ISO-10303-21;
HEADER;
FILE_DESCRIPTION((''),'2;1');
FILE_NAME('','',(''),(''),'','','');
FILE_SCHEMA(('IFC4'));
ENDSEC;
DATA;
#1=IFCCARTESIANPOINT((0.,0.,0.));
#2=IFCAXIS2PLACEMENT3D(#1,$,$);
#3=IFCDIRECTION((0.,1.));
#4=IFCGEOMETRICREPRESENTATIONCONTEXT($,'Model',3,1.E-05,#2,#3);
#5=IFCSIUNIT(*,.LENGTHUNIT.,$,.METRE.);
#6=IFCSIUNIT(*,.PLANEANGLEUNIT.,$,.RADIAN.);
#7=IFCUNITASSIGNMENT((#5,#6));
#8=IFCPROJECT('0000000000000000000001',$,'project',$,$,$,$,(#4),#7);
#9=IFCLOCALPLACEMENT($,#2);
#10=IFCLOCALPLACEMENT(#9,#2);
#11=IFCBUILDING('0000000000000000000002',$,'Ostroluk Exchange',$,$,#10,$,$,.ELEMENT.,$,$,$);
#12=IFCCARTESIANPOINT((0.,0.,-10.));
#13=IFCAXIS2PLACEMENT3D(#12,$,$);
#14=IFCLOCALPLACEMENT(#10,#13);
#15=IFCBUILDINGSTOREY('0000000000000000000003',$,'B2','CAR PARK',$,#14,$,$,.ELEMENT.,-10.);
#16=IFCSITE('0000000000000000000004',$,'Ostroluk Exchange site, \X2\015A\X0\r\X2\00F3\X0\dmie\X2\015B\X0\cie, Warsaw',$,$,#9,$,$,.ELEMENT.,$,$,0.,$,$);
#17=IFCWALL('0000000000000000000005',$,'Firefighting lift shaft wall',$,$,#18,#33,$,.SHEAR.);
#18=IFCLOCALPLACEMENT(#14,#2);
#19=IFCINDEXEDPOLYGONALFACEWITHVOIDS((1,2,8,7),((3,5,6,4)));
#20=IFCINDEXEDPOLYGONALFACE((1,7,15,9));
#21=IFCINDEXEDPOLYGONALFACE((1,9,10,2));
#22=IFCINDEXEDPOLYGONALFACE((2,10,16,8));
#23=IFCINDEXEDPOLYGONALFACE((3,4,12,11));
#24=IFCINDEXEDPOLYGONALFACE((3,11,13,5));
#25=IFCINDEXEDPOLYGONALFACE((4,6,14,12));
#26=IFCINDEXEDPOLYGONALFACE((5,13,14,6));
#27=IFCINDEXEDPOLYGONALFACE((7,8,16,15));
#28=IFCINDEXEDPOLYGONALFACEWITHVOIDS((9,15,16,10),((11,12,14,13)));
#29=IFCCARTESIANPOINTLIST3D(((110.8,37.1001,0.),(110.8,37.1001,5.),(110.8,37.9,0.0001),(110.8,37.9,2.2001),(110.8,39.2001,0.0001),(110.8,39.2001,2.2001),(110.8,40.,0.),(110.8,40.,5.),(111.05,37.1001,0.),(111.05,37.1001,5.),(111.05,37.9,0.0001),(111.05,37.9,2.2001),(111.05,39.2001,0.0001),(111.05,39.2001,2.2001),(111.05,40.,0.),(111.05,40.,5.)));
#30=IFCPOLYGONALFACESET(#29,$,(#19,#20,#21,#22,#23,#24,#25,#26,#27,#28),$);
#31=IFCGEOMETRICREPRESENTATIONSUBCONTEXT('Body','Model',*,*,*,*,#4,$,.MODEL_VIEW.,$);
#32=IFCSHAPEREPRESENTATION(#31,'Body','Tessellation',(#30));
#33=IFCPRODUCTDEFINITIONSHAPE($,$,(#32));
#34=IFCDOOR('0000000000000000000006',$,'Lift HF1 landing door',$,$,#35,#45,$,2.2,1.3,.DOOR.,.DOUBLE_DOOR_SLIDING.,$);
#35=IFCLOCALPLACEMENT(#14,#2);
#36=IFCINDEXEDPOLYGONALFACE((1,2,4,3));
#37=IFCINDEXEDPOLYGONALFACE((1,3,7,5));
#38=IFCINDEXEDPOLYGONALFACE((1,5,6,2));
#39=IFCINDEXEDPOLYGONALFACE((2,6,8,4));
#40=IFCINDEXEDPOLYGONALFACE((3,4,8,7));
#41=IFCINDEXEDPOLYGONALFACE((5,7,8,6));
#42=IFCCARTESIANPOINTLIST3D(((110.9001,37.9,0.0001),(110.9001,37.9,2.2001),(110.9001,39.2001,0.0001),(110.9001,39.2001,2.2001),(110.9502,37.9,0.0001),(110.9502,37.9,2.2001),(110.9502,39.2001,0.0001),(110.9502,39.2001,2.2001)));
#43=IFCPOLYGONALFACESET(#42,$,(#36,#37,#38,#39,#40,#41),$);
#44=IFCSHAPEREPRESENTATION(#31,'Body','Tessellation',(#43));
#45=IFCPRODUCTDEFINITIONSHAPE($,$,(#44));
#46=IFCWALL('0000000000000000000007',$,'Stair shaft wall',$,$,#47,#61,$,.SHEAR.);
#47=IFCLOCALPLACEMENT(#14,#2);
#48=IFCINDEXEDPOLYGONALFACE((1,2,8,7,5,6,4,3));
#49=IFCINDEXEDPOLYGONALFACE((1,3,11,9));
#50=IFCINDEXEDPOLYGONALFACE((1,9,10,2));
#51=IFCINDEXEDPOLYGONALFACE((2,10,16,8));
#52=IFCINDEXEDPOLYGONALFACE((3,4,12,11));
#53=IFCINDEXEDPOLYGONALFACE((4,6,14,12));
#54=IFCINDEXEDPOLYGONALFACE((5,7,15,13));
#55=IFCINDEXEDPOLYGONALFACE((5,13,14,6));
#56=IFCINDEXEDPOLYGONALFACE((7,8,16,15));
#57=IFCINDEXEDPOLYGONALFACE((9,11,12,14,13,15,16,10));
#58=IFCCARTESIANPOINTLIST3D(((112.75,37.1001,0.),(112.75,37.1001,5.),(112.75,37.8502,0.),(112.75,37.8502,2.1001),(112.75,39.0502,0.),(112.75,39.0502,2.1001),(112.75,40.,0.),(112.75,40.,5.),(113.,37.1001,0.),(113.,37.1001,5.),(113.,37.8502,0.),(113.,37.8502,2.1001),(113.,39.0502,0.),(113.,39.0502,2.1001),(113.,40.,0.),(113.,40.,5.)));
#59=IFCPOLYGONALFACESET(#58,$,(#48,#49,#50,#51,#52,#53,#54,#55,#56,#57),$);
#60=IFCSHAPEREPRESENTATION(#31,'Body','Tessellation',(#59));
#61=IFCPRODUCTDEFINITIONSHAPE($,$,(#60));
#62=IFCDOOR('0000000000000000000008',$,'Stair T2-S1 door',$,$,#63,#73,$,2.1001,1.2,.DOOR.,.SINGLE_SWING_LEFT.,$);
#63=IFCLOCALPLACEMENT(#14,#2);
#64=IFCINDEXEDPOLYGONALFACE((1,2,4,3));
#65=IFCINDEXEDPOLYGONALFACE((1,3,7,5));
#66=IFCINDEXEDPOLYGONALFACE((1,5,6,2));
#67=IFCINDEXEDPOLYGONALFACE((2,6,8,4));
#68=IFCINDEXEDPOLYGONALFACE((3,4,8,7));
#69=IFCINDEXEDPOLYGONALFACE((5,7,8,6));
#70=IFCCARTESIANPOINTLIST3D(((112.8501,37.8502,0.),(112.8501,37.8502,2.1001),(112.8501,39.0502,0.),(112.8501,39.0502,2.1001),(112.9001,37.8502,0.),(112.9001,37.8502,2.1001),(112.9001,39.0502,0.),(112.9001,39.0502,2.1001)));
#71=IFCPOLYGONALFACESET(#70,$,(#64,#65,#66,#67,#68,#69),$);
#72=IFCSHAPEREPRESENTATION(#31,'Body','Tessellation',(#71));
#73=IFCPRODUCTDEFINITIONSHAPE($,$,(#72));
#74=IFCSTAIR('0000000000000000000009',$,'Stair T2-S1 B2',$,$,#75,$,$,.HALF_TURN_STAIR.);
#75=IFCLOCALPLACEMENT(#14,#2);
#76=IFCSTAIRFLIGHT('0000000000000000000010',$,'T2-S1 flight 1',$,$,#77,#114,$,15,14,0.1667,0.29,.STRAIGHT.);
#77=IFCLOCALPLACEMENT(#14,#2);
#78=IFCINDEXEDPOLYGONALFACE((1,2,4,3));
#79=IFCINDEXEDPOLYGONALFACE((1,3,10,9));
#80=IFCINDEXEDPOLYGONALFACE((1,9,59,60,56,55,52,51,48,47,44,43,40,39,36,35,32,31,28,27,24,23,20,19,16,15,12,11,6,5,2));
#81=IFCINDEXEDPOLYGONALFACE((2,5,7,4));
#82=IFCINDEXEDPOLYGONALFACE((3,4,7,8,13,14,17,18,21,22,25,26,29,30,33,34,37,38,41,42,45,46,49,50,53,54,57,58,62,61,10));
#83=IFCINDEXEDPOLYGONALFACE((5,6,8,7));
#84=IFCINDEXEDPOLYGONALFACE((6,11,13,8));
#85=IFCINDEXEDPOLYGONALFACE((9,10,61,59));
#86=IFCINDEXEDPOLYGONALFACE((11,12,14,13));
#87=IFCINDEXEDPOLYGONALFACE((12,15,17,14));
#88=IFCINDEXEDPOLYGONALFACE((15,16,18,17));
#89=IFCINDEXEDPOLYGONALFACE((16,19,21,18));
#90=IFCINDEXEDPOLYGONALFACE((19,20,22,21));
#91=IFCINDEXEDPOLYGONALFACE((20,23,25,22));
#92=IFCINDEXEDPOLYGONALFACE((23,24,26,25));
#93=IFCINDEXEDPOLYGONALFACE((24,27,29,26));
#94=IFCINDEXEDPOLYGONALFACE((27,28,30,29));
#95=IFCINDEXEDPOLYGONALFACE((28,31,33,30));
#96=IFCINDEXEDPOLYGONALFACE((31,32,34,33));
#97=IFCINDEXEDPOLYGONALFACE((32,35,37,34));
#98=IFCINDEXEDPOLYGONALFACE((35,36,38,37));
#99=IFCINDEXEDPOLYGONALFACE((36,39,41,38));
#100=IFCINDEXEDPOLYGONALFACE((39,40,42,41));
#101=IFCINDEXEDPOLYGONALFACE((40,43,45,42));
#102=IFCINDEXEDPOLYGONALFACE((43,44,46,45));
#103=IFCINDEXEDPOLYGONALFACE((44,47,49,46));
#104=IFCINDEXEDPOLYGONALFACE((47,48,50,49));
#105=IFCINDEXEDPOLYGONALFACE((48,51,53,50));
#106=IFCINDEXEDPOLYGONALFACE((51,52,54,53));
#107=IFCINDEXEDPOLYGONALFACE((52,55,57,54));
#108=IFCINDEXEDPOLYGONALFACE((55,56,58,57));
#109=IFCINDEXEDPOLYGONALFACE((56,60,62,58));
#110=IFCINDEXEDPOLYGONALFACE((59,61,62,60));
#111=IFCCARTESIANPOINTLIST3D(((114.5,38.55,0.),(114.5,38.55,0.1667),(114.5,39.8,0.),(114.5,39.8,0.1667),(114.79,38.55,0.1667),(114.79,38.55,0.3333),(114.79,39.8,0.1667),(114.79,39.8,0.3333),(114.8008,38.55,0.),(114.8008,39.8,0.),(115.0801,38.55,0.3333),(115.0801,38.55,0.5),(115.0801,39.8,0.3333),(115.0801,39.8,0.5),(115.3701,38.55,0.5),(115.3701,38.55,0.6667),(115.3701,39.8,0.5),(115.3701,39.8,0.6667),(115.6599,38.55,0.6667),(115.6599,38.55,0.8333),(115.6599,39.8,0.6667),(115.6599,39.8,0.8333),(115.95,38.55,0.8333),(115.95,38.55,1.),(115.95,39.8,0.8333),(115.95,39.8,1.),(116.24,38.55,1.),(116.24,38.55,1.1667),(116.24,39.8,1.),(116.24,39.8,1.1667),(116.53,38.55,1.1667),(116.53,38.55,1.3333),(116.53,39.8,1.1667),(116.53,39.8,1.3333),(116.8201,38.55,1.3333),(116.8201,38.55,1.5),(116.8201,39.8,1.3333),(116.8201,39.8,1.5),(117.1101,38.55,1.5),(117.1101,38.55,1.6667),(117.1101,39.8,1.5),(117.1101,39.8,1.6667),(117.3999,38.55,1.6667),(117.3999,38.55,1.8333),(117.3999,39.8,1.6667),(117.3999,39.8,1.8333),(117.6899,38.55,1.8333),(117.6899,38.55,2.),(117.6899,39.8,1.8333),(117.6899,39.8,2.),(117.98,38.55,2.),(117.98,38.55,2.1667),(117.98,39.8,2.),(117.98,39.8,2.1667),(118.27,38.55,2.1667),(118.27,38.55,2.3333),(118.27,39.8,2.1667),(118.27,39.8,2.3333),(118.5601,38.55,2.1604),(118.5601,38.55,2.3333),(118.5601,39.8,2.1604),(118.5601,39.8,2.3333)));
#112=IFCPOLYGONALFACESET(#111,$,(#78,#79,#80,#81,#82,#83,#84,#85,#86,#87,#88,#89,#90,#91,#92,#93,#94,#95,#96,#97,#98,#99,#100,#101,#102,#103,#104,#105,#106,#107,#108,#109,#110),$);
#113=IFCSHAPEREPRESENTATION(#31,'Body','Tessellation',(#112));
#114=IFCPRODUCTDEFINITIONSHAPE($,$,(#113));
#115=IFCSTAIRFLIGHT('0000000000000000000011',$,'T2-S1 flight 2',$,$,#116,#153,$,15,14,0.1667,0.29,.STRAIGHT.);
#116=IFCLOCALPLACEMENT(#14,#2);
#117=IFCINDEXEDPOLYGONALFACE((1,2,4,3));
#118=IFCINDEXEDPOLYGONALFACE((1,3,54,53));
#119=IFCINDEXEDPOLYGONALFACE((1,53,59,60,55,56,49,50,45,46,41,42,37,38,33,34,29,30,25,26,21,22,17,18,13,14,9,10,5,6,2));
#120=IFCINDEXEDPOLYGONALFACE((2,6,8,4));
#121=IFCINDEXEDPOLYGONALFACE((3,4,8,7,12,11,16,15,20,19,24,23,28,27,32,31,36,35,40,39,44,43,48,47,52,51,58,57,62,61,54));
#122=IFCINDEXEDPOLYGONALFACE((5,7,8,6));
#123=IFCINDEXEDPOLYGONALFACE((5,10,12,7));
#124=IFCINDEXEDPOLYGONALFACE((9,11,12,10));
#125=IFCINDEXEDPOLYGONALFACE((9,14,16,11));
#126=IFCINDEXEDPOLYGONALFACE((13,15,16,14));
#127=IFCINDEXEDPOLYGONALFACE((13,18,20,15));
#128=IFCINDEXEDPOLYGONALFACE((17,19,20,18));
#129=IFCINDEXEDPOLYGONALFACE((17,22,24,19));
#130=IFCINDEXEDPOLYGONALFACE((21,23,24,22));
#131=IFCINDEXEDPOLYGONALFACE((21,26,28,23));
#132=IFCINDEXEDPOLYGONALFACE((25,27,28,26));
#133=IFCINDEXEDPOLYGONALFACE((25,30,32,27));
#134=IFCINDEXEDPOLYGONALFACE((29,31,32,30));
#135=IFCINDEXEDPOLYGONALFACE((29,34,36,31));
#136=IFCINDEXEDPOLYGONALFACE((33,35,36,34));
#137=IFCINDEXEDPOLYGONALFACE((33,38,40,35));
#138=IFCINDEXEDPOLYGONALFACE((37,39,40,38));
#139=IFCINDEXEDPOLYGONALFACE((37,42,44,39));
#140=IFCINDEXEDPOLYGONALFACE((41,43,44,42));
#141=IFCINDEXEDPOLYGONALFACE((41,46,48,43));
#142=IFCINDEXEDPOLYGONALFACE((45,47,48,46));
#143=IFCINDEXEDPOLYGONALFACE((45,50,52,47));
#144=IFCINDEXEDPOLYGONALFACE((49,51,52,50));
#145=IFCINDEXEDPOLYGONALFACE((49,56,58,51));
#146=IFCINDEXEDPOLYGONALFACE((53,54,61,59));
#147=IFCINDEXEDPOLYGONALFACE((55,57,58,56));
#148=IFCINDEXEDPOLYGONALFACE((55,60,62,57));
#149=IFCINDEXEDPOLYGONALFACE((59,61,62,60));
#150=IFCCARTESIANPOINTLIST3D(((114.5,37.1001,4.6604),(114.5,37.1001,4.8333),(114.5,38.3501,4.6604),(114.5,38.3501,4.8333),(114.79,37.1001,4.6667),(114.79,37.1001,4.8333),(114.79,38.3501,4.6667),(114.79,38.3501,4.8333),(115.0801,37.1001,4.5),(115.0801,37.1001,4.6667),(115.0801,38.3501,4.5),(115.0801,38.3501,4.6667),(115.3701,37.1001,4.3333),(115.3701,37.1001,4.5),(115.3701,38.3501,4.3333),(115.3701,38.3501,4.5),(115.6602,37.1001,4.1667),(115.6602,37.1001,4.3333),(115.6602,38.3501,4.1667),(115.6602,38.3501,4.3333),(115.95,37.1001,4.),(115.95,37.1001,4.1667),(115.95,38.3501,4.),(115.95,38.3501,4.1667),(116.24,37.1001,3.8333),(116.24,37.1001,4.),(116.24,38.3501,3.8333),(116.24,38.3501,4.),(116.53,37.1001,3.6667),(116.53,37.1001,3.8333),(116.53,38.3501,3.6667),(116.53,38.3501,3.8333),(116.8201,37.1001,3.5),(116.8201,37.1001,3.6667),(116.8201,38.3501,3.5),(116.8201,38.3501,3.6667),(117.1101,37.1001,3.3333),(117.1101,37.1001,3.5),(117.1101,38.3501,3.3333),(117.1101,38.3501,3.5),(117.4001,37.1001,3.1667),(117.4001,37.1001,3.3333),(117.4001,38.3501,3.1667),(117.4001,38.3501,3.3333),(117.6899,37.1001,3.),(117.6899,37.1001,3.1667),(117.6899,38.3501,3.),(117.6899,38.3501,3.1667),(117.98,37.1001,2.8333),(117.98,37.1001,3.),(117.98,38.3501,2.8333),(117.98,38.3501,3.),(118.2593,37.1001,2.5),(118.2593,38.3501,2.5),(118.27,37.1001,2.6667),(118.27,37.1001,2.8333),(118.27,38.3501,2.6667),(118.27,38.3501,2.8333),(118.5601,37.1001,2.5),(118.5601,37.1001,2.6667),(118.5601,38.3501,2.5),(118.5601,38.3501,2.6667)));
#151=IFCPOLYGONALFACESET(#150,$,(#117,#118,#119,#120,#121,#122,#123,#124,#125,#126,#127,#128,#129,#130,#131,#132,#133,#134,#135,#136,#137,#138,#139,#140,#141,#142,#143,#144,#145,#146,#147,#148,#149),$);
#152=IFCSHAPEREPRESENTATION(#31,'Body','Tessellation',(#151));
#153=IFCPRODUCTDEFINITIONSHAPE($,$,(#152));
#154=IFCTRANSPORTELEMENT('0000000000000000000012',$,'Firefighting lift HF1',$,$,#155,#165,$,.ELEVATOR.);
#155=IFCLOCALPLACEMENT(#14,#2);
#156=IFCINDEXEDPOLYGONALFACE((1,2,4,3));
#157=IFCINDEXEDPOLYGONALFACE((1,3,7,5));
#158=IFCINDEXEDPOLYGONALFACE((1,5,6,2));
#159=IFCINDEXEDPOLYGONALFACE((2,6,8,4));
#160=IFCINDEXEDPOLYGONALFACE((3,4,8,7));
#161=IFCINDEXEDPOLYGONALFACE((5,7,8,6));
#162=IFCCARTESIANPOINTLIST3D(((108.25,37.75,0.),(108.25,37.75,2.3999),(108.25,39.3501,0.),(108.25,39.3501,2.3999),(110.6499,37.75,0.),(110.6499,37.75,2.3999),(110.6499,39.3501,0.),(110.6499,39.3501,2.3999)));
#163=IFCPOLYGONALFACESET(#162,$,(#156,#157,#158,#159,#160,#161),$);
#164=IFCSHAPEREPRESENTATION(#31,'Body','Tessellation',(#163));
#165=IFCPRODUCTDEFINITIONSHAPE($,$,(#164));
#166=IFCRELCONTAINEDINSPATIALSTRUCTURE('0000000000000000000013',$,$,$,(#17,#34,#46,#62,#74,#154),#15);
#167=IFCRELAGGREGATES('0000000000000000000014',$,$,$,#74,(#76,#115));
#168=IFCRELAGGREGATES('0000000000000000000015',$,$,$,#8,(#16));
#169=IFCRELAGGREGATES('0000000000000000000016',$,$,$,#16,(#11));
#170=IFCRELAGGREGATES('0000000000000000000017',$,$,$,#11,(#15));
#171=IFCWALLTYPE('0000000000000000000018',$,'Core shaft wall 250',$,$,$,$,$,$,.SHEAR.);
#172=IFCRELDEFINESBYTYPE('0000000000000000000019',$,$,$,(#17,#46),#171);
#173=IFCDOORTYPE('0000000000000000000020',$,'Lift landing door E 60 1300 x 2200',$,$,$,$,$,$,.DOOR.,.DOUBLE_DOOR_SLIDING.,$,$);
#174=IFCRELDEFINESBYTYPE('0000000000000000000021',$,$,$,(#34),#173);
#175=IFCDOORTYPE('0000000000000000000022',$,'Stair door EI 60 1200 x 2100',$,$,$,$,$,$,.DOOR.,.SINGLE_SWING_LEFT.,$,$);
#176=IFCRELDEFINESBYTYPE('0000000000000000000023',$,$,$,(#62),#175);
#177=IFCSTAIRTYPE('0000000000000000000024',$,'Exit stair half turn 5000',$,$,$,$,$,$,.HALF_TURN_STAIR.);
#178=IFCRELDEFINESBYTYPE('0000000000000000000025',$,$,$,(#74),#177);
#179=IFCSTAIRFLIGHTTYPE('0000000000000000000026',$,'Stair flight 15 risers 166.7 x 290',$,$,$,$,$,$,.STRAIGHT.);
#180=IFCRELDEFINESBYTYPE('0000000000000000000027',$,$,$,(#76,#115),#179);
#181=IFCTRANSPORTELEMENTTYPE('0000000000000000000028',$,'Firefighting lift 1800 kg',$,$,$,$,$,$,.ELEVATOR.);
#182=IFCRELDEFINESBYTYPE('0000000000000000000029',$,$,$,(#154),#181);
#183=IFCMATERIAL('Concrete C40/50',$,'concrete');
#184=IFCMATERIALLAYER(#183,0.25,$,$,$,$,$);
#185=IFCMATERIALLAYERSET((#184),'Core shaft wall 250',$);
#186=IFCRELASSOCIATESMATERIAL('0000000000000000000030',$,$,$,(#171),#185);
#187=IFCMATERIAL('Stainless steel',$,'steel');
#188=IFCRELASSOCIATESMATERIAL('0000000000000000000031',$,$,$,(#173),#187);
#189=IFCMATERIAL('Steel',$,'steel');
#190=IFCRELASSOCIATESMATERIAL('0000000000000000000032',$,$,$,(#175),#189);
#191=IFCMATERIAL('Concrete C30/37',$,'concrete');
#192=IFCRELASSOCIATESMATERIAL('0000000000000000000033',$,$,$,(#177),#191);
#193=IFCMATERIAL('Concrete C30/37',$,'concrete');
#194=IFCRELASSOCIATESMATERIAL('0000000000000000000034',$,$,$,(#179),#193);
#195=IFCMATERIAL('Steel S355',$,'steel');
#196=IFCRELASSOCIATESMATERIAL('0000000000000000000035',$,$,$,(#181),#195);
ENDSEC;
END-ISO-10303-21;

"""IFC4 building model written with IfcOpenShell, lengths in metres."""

from ifc_helpers import new_model, si_unit, direction, frame, frame_2d, origin, origin_2d, place, context, subcontext, project, spatial, polyline, rectangle, outline, extrude, material, layer, layer_set, type_object, element, fill, aggregate, save


model = new_model("IFC4")

# Units and contexts
model_context = context("Model", 3, precision=1e-05, world=origin(), true_north=direction((0.0, 1.0)))
body_context = subcontext(model_context, "Body", "Model", "MODEL_VIEW")
ifc_project = project(units=[si_unit("LENGTHUNIT", "METRE"), si_unit("PLANEANGLEUNIT", "RADIAN")], contexts=[model_context])

# Site, building, storey
site_placement = place(None, origin())
site = spatial("IfcSite", under=ifc_project, at=site_placement, Name="Ostroluk Exchange site, Śródmieście, Warsaw", CompositionType="ELEMENT", RefElevation=0.0)
building_placement = place(site_placement, origin())
building = spatial("IfcBuilding", under=site, at=building_placement, Name="Ostroluk Exchange", CompositionType="ELEMENT")
storey_placement = place(building_placement, frame((0.0, 0.0, -10.0)))
storey = spatial("IfcBuildingStorey", under=building, at=storey_placement, Name="B2", Description="CAR PARK", CompositionType="ELEMENT", Elevation=-10.0)

# Walls, openings, doors
ifc_material_1 = material(Name="Concrete C40/50", Category="concrete")
ifc_layer_1 = layer(ifc_material_1, 0.25)
ifc_layer_set_1 = layer_set([ifc_layer_1], Name="Core shaft wall 250")
wall_type_1 = type_object("IfcWallType", Name="Core shaft wall 250", PredefinedType="SHEAR", material=ifc_layer_set_1)
wall_1_placement = place(storey_placement, frame((110.925, 37.1001, 0.0), z_axis=(0.0, 0.0, 1.0), x_axis=(0.0, 1.0, 0.0)))
wall_1 = element("IfcWall", 1, at=wall_1_placement, inside=storey, type_object=wall_type_1, Name="Firefighting lift shaft wall", PredefinedType="SHEAR", context=body_context, shape_type="SweptSolid", body=[
    extrude(rectangle(XDim=2.8999, YDim=0.25, at=frame_2d((1.45, 0.0))), origin(), (0.0, 0.0, 1.0), 5.0),
])
opening_1_placement = place(wall_1_placement, frame((0.8, 0.0, 0.0)))
opening_1 = element("IfcOpeningElement", 2, at=opening_1_placement, cuts=wall_1, PredefinedType="OPENING", context=body_context, shape_type="SweptSolid", body=[
    extrude(rectangle(XDim=1.3, YDim=2.2, at=frame_2d((0.6499, 1.1001))), frame((0.0, 0.135, 0.0), z_axis=(0.0, -1.0, 0.0), x_axis=(1.0, 0.0, 0.0)), (0.0, 0.0, 1.0), 0.27),
])
ifc_material_2 = material(Name="Stainless steel", Category="steel")
door_type_1 = type_object("IfcDoorType", Name="Lift landing door E 60 1300 x 2200", OperationType="DOUBLE_DOOR_SLIDING", PredefinedType="DOOR", material=ifc_material_2)
door_1_placement = place(opening_1_placement, origin())
door_1 = element("IfcDoor", 3, at=door_1_placement, inside=storey, type_object=door_type_1, Name="Lift HF1 landing door", OperationType="DOUBLE_DOOR_SLIDING", OverallHeight=2.2, OverallWidth=1.3, PredefinedType="DOOR", context=body_context, shape_type="SweptSolid", body=[
    extrude(rectangle(XDim=1.3, YDim=2.2, at=frame_2d((0.6499, 1.1001))), frame((0.0, 0.0249, 0.0), z_axis=(0.0, -1.0, 0.0), x_axis=(1.0, 0.0, 0.0)), (0.0, 0.0, 1.0), 0.05),
])
fill(opening_1, door_1)
wall_2_placement = place(storey_placement, frame((112.875, 37.1001, 0.0), z_axis=(0.0, 0.0, 1.0), x_axis=(0.0, 1.0, 0.0)))
wall_2 = element("IfcWall", 4, at=wall_2_placement, inside=storey, type_object=wall_type_1, Name="Stair shaft wall", PredefinedType="SHEAR", context=body_context, shape_type="SweptSolid", body=[
    extrude(rectangle(XDim=2.8999, YDim=0.25, at=frame_2d((1.45, 0.0))), origin(), (0.0, 0.0, 1.0), 5.0),
])
opening_2_placement = place(wall_2_placement, frame((0.75, 0.0, 0.0)))
opening_2 = element("IfcOpeningElement", 5, at=opening_2_placement, cuts=wall_2, PredefinedType="OPENING", context=body_context, shape_type="SweptSolid", body=[
    extrude(rectangle(XDim=1.2, YDim=2.1001, at=frame_2d((0.6001, 1.05))), frame((0.0, 0.135, 0.0), z_axis=(0.0, -1.0, 0.0), x_axis=(1.0, 0.0, 0.0)), (0.0, 0.0, 1.0), 0.27),
])
ifc_material_3 = material(Name="Steel", Category="steel")
door_type_2 = type_object("IfcDoorType", Name="Stair door EI 60 1200 x 2100", OperationType="SINGLE_SWING_LEFT", PredefinedType="DOOR", material=ifc_material_3)
door_2_placement = place(opening_2_placement, origin())
door_2 = element("IfcDoor", 6, at=door_2_placement, inside=storey, type_object=door_type_2, Name="Stair T2-S1 door", OperationType="SINGLE_SWING_LEFT", OverallHeight=2.1001, OverallWidth=1.2, PredefinedType="DOOR", context=body_context, shape_type="SweptSolid", body=[
    extrude(rectangle(XDim=1.2, YDim=2.1001, at=frame_2d((0.6001, 1.05))), frame((0.0, 0.0249, 0.0), z_axis=(0.0, -1.0, 0.0), x_axis=(1.0, 0.0, 0.0)), (0.0, 0.0, 1.0), 0.05),
])
fill(opening_2, door_2)

# Stair, stair flights
ifc_material_4 = material(Name="Concrete C30/37", Category="concrete")
stair_type = type_object("IfcStairType", Name="Exit stair half turn 5000", PredefinedType="HALF_TURN_STAIR", material=ifc_material_4)
stair_placement = place(storey_placement, origin())
stair = element("IfcStair", 7, at=stair_placement, inside=storey, type_object=stair_type, Name="Stair T2-S1 B2", PredefinedType="HALF_TURN_STAIR")
ifc_material_5 = material(Name="Concrete C30/37", Category="concrete")
stair_flight_type = type_object("IfcStairFlightType", Name="Stair flight 15 risers 166.7 x 290", PredefinedType="STRAIGHT", material=ifc_material_5)
stair_flight_1_placement = place(storey_placement, frame((114.5, 39.175, 0.0), z_axis=(0.0, 0.0, 1.0), x_axis=(1.0, 0.0, 0.0)))
stair_flight_1 = element("IfcStairFlight", 8, at=stair_flight_1_placement, type_object=stair_flight_type, Name="T2-S1 flight 1", NumberOfRisers=15, NumberOfTreads=14, PredefinedType="STRAIGHT", RiserHeight=0.1667, TreadLength=0.29, context=body_context, shape_type="SweptSolid", body=[
    extrude(outline(polyline([(0.0, 0.0), (0.0, 0.1667), (0.29, 0.1667), (0.29, 0.3333), (0.5801, 0.3333), (0.5801, 0.5), (0.8701, 0.5), (0.8701, 0.6667), (1.1599, 0.6667), (1.1599, 0.8333), (1.45, 0.8333), (1.45, 1.0), (1.74, 1.0), (1.74, 1.1667), (2.03, 1.1667), (2.03, 1.3333), (2.3201, 1.3333), (2.3201, 1.5), (2.6101, 1.5), (2.6101, 1.6667), (2.8999, 1.6667), (2.8999, 1.8333), (3.1899, 1.8333), (3.1899, 2.0), (3.48, 2.0), (3.48, 2.1667), (3.77, 2.1667), (3.77, 2.3333), (4.0601, 2.3333), (4.0601, 2.5), (4.0601, 2.1604), (0.3008, 0.0), (0.0, 0.0)])), frame((0.0, 0.625, 0.0), z_axis=(0.0, -1.0, 0.0), x_axis=(1.0, 0.0, 0.0)), (0.0, 0.0, 1.0), 1.25),
])
stair_flight_2_placement = place(storey_placement, frame((118.5601, 37.7251, 2.5), z_axis=(0.0, 0.0, 1.0), x_axis=(-1.0, 0.0, 0.0)))
stair_flight_2 = element("IfcStairFlight", 9, at=stair_flight_2_placement, type_object=stair_flight_type, Name="T2-S1 flight 2", NumberOfRisers=15, NumberOfTreads=14, PredefinedType="STRAIGHT", RiserHeight=0.1667, TreadLength=0.29, context=body_context, shape_type="SweptSolid", body=[
    extrude(outline(polyline([(0.0, 0.0), (0.0, 0.1667), (0.29, 0.1667), (0.29, 0.3333), (0.5801, 0.3333), (0.5801, 0.5), (0.8701, 0.5), (0.8701, 0.6667), (1.1599, 0.6667), (1.1599, 0.8333), (1.45, 0.8333), (1.45, 1.0), (1.74, 1.0), (1.74, 1.1667), (2.03, 1.1667), (2.03, 1.3333), (2.3201, 1.3333), (2.3201, 1.5), (2.6101, 1.5), (2.6101, 1.6667), (2.8999, 1.6667), (2.8999, 1.8333), (3.1899, 1.8333), (3.1899, 2.0), (3.48, 2.0), (3.48, 2.1667), (3.77, 2.1667), (3.77, 2.3333), (4.0601, 2.3333), (4.0601, 2.5), (4.0601, 2.1604), (0.3008, 0.0), (0.0, 0.0)])), frame((0.0, 0.625, 0.0), z_axis=(0.0, -1.0, 0.0), x_axis=(1.0, 0.0, 0.0)), (0.0, 0.0, 1.0), 1.25),
])
aggregate(stair, [stair_flight_1, stair_flight_2])

# Transport element
ifc_material_6 = material(Name="Steel S355", Category="steel")
transport_element_type = type_object("IfcTransportElementType", Name="Firefighting lift 1800 kg", PredefinedType="ELEVATOR", material=ifc_material_6)
transport_element_placement = place(storey_placement, frame((109.45, 38.55, 0.0), z_axis=(0.0, 0.0, 1.0), x_axis=(1.0, 0.0, 0.0)))
element("IfcTransportElement", 10, at=transport_element_placement, inside=storey, type_object=transport_element_type, Name="Firefighting lift HF1", PredefinedType="ELEVATOR", context=body_context, shape_type="SweptSolid", body=[
    extrude(rectangle(XDim=2.3999, YDim=1.6001, at=origin_2d()), origin(), (0.0, 0.0, 1.0), 2.3999),
])

save(model, "model.ifc")
